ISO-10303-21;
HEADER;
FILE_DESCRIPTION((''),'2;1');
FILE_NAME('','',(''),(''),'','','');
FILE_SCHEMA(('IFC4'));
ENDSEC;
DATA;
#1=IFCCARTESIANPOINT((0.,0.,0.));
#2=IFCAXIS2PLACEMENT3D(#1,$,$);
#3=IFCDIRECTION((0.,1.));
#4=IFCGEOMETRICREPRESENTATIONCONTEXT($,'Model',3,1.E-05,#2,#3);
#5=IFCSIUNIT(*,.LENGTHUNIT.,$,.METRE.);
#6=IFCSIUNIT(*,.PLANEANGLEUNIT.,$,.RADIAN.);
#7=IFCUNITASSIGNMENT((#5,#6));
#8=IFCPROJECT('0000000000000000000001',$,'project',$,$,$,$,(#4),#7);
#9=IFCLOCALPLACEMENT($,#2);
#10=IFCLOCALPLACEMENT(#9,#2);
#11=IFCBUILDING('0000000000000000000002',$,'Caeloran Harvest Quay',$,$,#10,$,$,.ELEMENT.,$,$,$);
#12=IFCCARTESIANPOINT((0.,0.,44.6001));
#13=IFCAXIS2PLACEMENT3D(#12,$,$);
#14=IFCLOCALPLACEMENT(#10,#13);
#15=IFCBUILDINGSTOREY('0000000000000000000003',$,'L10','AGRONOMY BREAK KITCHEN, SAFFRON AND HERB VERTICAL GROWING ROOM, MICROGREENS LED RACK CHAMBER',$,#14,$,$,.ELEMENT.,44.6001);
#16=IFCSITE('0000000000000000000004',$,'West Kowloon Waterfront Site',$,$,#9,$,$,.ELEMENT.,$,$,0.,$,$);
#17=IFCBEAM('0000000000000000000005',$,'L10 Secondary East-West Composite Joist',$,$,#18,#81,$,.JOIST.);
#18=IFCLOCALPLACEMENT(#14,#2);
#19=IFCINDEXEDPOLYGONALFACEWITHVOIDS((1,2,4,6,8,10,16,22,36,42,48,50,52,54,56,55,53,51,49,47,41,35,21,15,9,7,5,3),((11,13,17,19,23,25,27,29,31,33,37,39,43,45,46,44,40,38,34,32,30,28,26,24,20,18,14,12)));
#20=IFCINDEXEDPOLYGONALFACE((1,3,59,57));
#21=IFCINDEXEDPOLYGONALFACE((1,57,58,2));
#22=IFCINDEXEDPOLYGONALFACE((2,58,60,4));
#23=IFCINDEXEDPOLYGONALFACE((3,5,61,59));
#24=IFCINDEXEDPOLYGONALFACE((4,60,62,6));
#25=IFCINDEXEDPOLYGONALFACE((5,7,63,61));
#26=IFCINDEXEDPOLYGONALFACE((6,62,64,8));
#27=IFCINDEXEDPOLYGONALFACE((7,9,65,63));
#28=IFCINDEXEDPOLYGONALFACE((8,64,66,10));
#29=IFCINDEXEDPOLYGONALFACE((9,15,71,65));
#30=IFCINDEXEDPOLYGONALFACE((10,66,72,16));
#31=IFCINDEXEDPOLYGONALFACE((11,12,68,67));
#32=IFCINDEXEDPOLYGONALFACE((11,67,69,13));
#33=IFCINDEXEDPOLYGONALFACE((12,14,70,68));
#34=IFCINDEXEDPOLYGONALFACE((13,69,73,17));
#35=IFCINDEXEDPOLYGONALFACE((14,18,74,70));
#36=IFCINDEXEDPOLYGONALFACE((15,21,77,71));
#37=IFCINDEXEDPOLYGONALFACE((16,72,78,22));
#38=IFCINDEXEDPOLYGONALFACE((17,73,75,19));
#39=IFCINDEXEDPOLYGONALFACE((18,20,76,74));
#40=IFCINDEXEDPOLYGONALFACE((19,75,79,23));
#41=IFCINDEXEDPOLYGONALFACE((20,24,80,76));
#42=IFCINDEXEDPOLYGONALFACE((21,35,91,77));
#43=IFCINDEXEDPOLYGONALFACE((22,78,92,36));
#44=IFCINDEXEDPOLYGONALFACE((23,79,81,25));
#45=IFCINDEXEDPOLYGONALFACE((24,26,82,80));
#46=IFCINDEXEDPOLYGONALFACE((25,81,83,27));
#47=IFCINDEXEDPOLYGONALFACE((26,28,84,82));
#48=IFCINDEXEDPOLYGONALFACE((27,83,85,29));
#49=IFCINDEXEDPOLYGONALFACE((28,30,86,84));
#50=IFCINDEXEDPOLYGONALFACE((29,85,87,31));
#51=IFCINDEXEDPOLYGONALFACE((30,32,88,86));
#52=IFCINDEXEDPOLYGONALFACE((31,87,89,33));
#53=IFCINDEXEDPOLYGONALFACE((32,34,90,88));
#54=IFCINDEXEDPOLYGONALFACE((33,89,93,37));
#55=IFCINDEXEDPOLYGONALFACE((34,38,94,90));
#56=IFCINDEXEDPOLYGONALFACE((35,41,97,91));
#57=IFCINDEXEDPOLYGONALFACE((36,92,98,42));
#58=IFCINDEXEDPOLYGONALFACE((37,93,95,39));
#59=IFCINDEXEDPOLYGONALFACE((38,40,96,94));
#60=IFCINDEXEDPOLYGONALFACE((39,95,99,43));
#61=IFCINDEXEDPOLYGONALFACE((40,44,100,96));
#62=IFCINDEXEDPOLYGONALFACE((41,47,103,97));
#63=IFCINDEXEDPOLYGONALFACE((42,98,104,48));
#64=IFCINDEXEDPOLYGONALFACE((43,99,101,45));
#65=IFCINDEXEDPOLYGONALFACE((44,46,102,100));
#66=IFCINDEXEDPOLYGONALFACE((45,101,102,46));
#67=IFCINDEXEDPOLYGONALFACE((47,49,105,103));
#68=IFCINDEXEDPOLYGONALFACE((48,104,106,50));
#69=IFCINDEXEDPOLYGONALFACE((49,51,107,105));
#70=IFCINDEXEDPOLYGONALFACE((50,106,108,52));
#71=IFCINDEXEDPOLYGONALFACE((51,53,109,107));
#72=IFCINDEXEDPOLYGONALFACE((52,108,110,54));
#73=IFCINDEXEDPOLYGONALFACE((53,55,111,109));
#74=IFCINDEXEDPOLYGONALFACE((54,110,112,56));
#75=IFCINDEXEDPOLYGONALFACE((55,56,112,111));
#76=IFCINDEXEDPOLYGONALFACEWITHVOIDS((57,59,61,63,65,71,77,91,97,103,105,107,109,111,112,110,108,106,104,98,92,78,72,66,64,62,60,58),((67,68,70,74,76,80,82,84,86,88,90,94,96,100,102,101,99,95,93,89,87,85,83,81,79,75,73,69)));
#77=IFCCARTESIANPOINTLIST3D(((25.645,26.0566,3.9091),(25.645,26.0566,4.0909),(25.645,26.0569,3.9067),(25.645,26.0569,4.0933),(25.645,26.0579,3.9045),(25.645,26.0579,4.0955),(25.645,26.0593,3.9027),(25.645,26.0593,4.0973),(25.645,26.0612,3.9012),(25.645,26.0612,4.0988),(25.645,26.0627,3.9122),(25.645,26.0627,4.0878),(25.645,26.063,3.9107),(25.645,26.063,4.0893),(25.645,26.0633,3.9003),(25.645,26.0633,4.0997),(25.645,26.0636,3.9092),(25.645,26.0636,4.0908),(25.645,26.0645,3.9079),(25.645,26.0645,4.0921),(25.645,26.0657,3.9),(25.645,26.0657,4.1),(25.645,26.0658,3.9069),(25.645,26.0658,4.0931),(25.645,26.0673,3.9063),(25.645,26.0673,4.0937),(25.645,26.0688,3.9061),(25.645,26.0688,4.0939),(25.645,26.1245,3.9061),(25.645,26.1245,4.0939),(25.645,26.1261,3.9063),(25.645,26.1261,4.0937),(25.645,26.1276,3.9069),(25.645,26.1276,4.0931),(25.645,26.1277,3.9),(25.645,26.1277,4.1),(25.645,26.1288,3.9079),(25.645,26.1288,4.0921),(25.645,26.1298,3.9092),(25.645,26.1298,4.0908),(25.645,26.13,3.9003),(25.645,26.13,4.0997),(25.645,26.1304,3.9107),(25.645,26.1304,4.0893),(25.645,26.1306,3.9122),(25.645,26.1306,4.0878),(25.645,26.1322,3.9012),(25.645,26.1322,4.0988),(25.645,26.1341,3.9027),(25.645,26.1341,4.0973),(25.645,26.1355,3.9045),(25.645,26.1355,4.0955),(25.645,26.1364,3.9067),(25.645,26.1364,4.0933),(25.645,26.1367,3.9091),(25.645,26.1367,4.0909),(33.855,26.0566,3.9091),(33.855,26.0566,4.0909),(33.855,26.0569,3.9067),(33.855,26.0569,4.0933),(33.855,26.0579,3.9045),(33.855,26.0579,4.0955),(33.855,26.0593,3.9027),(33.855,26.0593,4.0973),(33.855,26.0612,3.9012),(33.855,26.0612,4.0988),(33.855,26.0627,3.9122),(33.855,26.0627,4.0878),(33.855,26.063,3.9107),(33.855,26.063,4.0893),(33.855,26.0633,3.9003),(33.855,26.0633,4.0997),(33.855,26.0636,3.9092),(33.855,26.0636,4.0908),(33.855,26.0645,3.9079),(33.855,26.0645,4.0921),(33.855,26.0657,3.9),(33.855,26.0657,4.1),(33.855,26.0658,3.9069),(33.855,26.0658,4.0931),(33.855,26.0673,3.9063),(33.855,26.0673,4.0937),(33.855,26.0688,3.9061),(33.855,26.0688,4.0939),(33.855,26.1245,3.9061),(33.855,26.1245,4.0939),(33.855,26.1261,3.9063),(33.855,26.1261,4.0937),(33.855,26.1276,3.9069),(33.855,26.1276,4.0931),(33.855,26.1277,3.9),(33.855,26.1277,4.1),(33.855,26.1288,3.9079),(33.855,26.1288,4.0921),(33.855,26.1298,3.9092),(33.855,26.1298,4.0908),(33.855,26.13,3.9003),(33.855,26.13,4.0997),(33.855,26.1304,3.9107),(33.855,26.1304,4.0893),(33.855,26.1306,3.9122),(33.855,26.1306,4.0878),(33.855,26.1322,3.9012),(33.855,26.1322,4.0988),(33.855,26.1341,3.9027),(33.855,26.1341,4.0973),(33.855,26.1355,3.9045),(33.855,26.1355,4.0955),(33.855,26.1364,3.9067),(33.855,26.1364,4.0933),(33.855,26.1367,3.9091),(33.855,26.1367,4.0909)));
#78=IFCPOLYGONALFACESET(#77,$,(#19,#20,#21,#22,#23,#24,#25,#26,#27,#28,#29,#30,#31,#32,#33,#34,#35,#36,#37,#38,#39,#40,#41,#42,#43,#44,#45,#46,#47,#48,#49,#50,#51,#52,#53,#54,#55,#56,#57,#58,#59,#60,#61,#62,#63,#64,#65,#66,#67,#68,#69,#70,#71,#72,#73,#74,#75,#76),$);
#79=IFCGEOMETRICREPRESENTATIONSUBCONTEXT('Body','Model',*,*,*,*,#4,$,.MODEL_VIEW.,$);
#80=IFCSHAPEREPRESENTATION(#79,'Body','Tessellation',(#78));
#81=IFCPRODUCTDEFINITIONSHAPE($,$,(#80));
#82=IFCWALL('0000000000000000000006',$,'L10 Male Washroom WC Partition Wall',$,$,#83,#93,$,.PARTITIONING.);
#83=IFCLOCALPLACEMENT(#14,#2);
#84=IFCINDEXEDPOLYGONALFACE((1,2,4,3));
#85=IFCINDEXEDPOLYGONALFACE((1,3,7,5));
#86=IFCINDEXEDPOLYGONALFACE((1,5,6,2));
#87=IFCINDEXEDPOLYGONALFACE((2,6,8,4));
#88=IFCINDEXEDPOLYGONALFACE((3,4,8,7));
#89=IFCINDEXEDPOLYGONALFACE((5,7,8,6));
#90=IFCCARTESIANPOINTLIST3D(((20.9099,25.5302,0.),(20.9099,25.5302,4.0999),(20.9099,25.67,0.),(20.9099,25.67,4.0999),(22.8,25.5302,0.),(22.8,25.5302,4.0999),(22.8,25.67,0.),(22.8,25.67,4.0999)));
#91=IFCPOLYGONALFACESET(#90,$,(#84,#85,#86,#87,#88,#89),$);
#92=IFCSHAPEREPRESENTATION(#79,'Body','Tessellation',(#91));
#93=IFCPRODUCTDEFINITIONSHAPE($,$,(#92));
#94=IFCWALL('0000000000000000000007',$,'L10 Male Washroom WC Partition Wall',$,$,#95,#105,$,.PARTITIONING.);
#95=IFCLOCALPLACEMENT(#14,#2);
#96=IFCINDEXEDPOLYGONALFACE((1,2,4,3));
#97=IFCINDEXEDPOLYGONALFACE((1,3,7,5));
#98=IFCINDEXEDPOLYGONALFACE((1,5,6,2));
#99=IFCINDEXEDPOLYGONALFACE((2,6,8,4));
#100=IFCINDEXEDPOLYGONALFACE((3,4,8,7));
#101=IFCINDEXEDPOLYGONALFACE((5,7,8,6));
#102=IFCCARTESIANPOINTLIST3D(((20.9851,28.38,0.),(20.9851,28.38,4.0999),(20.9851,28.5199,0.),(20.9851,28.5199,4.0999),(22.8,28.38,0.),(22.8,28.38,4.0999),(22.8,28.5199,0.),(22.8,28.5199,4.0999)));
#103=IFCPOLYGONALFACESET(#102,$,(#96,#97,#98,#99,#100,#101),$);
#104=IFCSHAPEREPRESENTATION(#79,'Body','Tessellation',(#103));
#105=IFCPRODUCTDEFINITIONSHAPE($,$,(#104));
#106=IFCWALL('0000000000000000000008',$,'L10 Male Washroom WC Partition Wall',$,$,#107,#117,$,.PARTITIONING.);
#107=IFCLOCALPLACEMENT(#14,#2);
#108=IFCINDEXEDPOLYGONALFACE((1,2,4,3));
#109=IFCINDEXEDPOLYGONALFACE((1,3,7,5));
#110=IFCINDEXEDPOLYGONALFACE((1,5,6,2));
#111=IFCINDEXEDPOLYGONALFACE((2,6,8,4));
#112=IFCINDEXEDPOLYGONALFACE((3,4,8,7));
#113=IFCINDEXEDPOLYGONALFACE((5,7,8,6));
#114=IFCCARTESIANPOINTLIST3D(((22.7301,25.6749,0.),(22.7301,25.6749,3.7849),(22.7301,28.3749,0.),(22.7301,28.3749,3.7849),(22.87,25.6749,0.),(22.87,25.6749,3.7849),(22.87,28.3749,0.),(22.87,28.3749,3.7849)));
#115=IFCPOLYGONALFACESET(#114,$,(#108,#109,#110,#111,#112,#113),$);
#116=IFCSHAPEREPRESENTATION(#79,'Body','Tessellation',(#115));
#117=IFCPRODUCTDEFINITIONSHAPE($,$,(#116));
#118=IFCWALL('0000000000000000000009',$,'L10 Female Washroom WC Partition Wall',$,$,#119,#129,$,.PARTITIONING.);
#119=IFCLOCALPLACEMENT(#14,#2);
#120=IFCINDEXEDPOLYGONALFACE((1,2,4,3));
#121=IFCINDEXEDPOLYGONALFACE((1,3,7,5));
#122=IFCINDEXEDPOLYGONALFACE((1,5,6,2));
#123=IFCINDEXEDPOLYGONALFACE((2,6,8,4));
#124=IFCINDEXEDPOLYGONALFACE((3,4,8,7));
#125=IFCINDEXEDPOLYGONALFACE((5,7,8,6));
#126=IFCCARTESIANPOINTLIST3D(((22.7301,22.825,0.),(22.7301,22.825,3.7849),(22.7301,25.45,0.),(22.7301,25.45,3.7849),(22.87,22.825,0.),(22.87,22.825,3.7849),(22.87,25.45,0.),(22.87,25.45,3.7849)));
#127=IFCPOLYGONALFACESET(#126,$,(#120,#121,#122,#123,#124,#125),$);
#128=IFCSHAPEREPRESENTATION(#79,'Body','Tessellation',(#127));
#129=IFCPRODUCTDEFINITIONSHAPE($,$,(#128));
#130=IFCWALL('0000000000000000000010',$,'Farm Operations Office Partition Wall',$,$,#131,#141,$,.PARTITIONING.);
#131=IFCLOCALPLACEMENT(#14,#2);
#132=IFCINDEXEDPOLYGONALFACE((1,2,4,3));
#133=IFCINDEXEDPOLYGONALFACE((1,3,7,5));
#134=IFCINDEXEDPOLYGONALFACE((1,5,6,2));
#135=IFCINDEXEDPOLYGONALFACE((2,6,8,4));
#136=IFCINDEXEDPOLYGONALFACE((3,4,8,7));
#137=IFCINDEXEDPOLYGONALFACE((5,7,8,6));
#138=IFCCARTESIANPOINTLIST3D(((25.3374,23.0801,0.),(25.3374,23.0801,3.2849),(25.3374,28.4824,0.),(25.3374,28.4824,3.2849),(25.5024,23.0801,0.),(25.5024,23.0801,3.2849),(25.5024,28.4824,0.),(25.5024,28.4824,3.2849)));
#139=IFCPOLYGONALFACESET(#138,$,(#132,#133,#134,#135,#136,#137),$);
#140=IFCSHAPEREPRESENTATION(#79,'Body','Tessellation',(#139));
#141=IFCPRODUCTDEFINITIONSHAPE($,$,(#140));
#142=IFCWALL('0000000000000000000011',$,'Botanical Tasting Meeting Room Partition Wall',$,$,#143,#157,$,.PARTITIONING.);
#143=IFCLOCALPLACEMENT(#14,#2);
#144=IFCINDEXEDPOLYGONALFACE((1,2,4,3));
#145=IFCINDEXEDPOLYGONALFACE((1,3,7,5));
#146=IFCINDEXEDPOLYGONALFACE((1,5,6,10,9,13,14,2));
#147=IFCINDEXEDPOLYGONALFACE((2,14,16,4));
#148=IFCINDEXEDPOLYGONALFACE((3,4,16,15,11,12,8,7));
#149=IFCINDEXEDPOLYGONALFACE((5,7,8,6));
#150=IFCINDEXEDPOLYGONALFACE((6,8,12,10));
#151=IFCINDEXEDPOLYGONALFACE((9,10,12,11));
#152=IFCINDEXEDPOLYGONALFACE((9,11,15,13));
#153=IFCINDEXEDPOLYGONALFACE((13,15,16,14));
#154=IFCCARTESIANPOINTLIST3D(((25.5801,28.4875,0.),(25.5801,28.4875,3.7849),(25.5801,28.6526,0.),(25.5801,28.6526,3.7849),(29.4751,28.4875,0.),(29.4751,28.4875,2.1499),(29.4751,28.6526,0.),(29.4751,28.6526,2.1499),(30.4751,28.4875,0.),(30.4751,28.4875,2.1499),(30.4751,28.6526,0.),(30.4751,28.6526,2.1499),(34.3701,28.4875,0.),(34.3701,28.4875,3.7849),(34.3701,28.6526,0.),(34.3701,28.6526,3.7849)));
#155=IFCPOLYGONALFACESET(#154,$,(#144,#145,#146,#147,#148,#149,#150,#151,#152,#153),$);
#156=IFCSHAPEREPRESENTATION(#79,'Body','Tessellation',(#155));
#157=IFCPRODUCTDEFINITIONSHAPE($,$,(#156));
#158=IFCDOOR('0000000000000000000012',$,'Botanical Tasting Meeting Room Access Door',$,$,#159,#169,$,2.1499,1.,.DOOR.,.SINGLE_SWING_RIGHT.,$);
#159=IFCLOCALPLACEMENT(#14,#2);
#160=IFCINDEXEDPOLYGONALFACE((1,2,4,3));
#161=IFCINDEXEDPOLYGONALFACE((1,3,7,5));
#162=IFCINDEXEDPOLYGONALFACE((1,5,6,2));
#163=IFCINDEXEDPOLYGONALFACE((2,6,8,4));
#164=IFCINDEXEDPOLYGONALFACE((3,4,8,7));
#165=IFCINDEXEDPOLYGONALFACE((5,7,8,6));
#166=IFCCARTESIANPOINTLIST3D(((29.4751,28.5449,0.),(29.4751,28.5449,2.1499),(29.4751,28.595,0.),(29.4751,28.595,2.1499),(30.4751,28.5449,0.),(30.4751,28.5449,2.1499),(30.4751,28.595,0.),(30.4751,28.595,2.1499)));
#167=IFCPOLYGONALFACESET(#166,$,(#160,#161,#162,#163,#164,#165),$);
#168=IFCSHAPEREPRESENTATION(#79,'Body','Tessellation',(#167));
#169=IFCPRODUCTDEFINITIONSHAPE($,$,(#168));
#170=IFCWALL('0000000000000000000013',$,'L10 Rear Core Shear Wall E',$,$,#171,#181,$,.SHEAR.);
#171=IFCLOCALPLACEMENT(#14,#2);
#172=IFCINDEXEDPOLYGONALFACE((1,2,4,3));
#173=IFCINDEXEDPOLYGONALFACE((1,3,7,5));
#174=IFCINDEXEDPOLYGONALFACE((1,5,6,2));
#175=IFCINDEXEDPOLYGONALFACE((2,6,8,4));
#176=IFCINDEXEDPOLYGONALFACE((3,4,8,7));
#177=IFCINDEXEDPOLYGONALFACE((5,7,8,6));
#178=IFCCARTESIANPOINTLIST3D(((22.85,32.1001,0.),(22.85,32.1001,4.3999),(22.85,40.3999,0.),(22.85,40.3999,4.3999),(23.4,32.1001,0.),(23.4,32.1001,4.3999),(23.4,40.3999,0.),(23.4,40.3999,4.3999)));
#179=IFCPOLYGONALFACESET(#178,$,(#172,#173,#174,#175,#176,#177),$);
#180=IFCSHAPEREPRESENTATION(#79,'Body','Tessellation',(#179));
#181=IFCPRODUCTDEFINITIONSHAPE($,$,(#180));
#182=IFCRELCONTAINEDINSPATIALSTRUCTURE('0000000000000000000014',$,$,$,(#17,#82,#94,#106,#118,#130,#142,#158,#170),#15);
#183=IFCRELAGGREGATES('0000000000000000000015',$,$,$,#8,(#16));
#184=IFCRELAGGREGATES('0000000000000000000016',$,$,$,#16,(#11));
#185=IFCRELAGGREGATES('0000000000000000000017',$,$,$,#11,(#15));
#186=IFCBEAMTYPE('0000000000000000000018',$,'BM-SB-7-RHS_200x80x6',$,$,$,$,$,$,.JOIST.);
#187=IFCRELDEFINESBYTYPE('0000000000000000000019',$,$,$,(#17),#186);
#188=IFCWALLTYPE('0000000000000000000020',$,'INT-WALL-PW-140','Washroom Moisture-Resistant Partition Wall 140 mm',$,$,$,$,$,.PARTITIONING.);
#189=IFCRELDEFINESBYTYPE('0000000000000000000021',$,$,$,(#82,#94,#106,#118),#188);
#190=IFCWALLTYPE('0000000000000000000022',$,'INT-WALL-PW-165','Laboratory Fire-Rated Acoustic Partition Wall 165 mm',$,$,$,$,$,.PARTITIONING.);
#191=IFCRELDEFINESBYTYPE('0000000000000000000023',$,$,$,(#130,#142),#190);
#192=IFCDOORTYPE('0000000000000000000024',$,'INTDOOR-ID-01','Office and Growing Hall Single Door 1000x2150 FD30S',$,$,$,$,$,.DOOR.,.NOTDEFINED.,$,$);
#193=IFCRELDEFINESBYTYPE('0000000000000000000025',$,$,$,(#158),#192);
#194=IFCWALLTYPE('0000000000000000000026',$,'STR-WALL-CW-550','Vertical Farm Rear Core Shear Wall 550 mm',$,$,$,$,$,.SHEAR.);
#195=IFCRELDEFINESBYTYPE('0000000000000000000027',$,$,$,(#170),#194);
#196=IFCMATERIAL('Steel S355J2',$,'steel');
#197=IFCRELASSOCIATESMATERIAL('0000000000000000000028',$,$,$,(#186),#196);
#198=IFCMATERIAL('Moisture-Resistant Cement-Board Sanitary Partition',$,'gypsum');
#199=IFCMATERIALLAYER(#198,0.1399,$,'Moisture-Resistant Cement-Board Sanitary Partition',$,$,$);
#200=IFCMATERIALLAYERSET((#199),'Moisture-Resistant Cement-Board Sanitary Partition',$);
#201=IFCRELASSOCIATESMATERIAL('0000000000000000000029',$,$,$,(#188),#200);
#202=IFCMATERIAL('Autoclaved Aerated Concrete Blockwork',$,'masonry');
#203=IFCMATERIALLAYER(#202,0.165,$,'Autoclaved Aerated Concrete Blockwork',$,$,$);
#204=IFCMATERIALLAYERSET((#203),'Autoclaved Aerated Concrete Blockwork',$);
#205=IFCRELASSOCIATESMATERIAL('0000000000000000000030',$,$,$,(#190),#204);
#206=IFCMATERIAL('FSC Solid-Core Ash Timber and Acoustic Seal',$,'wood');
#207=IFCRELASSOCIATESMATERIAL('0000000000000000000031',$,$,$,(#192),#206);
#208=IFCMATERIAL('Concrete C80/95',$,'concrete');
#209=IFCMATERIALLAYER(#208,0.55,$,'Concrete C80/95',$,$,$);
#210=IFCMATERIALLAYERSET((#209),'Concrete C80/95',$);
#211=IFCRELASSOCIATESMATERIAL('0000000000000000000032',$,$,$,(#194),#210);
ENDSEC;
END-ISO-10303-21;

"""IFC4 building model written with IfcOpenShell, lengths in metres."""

from ifc_helpers import new_model, si_unit, direction, frame, frame_2d, origin, origin_2d, place, context, subcontext, project, spatial, rectangle, hollow_rectangle, extrude, material, layer, layer_set, material_profile, profile_set, type_object, element, fill, save


model = new_model("IFC4")

# Units and contexts
model_context = context("Model", 3, precision=1e-05, world=origin(), true_north=direction((0.0, 1.0)))
body_context = subcontext(model_context, "Body", "Model", "MODEL_VIEW")
ifc_project = project(units=[si_unit("LENGTHUNIT", "METRE"), si_unit("PLANEANGLEUNIT", "RADIAN")], contexts=[model_context])

# Site, building, storey
site_placement = place(None, origin())
site = spatial("IfcSite", under=ifc_project, at=site_placement, Name="West Kowloon Waterfront Site", CompositionType="ELEMENT", RefElevation=0.0)
building_placement = place(site_placement, origin())
building = spatial("IfcBuilding", under=site, at=building_placement, Name="Caeloran Harvest Quay", CompositionType="ELEMENT")
storey_placement = place(building_placement, frame((0.0, 0.0, 44.6001)))
storey = spatial("IfcBuildingStorey", under=building, at=storey_placement, Name="L10", Description="AGRONOMY BREAK KITCHEN, SAFFRON AND HERB VERTICAL GROWING ROOM, MICROGREENS LED RACK CHAMBER", CompositionType="ELEMENT", Elevation=44.6001)

# Shared definitions
ifc_material_1 = material(Name="Concrete C80/95", Category="concrete")

# Beam
ifc_material_2 = material(Name="Steel S355J2", Category="steel")
ifc_material_profile_1 = material_profile(ifc_material_2, hollow_rectangle(XDim=0.0801, YDim=0.2, WallThickness=0.0061, InnerFilletRadius=0.0061, OuterFilletRadius=0.009, at=origin_2d()), Name="RHS 200x80x6")
ifc_profile_set_1 = profile_set([ifc_material_profile_1], Name="Steel S355J2")
beam_type_1 = type_object("IfcBeamType", Name="BM-SB-7-RHS_200x80x6", PredefinedType="JOIST", material=ifc_profile_set_1)
for number, where, z_axis, x_axis, name in (
    (1, (25.645, 26.0967, 4.0), (1.0, 0.0, 0.0), (0.0, 1.0, 0.0), "L10 Secondary East-West Composite Joist"),
):
    element("IfcBeam", number, at=place(storey_placement, frame(where, z_axis=z_axis, x_axis=x_axis)), inside=storey, type_object=beam_type_1, Name=name, PredefinedType="JOIST", context=body_context, shape_type="SweptSolid", body=[
        extrude(hollow_rectangle(XDim=0.0801, YDim=0.2, WallThickness=0.0061, InnerFilletRadius=0.0061, OuterFilletRadius=0.009, at=origin_2d()), origin(), (0.0, 0.0, 1.0), 8.21),
    ])

# Wall
ifc_material_3 = material(Name="Moisture-Resistant Cement-Board Sanitary Partition", Category="gypsum")
ifc_layer_1 = layer(ifc_material_3, 0.1399, Name="Moisture-Resistant Cement-Board Sanitary Partition")
ifc_layer_set_1 = layer_set([ifc_layer_1], Name="Moisture-Resistant Cement-Board Sanitary Partition")
wall_type_1 = type_object("IfcWallType", Name="INT-WALL-PW-140", Description="Washroom Moisture-Resistant Partition Wall 140 mm", PredefinedType="PARTITIONING", material=ifc_layer_set_1)
wall_1_placement = place(storey_placement, frame((22.8, 25.6001, 0.0), z_axis=(0.0, 0.0, 1.0), x_axis=(-1.0, 0.0, 0.0)))
element("IfcWall", 2, at=wall_1_placement, inside=storey, type_object=wall_type_1, Name="L10 Male Washroom WC Partition Wall", PredefinedType="PARTITIONING", context=body_context, shape_type="SweptSolid", body=[
    extrude(rectangle(XDim=1.8901, YDim=0.1399, at=frame_2d((0.9451, 0.0))), origin(), (0.0, 0.0, 1.0), 4.0999),
])

# Walls
wall_2_placement = place(storey_placement, frame((20.9851, 28.45, 0.0), z_axis=(0.0, 0.0, 1.0), x_axis=(1.0, 0.0, 0.0)))
element("IfcWall", 3, at=wall_2_placement, inside=storey, type_object=wall_type_1, Name="L10 Male Washroom WC Partition Wall", PredefinedType="PARTITIONING", context=body_context, shape_type="SweptSolid", body=[
    extrude(rectangle(XDim=1.8149, YDim=0.1399, at=frame_2d((0.9075, 0.0))), origin(), (0.0, 0.0, 1.0), 4.0999),
])
wall_3_placement = place(storey_placement, frame((22.8, 28.375, 0.0), z_axis=(0.0, 0.0, 1.0), x_axis=(0.0, -1.0, 0.0)))
element("IfcWall", 4, at=wall_3_placement, inside=storey, type_object=wall_type_1, Name="L10 Male Washroom WC Partition Wall", PredefinedType="PARTITIONING", context=body_context, shape_type="SweptSolid", body=[
    extrude(rectangle(XDim=2.7, YDim=0.1399, at=frame_2d((1.3501, 0.0))), origin(), (0.0, 0.0, 1.0), 3.7849),
])
wall_4_placement = place(storey_placement, frame((22.8, 25.45, 0.0), z_axis=(0.0, 0.0, 1.0), x_axis=(0.0, -1.0, 0.0)))
element("IfcWall", 5, at=wall_4_placement, inside=storey, type_object=wall_type_1, Name="L10 Female Washroom WC Partition Wall", PredefinedType="PARTITIONING", context=body_context, shape_type="SweptSolid", body=[
    extrude(rectangle(XDim=2.625, YDim=0.1399, at=frame_2d((1.3125, 0.0))), origin(), (0.0, 0.0, 1.0), 3.7849),
])

# Shared definitions
ifc_material_4 = material(Name="Autoclaved Aerated Concrete Blockwork", Category="masonry")
ifc_layer_2 = layer(ifc_material_4, 0.165, Name="Autoclaved Aerated Concrete Blockwork")
ifc_layer_set_2 = layer_set([ifc_layer_2], Name="Autoclaved Aerated Concrete Blockwork")
wall_type_2 = type_object("IfcWallType", Name="INT-WALL-PW-165", Description="Laboratory Fire-Rated Acoustic Partition Wall 165 mm", PredefinedType="PARTITIONING", material=ifc_layer_set_2)
ifc_material_5 = material(Name="FSC Solid-Core Ash Timber and Acoustic Seal", Category="wood")
door_type_1 = type_object("IfcDoorType", Name="INTDOOR-ID-01", Description="Office and Growing Hall Single Door 1000x2150 FD30S", OperationType="NOTDEFINED", PredefinedType="DOOR", material=ifc_material_5)

# Wall
wall_5_placement = place(storey_placement, frame((25.4199, 28.4824, 0.0), z_axis=(0.0, 0.0, 1.0), x_axis=(0.0, -1.0, 0.0)))
element("IfcWall", 6, at=wall_5_placement, inside=storey, type_object=wall_type_2, Name="Farm Operations Office Partition Wall", PredefinedType="PARTITIONING", context=body_context, shape_type="SweptSolid", body=[
    extrude(rectangle(XDim=5.4023, YDim=0.165, at=frame_2d((2.7012, 0.0))), origin(), (0.0, 0.0, 1.0), 3.2849),
])

# Wall, opening, door
wall_6_placement = place(storey_placement, frame((25.5801, 28.5701, 0.0), z_axis=(0.0, 0.0, 1.0), x_axis=(1.0, 0.0, 0.0)))
wall_6 = element("IfcWall", 7, at=wall_6_placement, inside=storey, type_object=wall_type_2, Name="Botanical Tasting Meeting Room Partition Wall", PredefinedType="PARTITIONING", context=body_context, shape_type="SweptSolid", body=[
    extrude(rectangle(XDim=8.79, YDim=0.165, at=frame_2d((4.395, 0.0))), origin(), (0.0, 0.0, 1.0), 3.7849),
])
opening_1_placement = place(wall_6_placement, frame((3.895, 0.0, 0.0)))
opening_1 = element("IfcOpeningElement", 8, at=opening_1_placement, cuts=wall_6, PredefinedType="OPENING", context=body_context, shape_type="SweptSolid", body=[
    extrude(rectangle(XDim=1.0, YDim=2.1499, at=frame_2d((0.5, 1.075))), frame((0.0, 0.0925, 0.0), z_axis=(0.0, -1.0, 0.0), x_axis=(1.0, 0.0, 0.0)), (0.0, 0.0, 1.0), 0.1851),
])
door_1_placement = place(opening_1_placement, origin())
door_1 = element("IfcDoor", 9, at=door_1_placement, inside=storey, type_object=door_type_1, Name="Botanical Tasting Meeting Room Access Door", OperationType="SINGLE_SWING_RIGHT", OverallHeight=2.1499, OverallWidth=1.0, PredefinedType="DOOR", context=body_context, shape_type="SweptSolid", body=[
    extrude(rectangle(XDim=1.0, YDim=2.1499, at=frame_2d((0.5, 1.075))), frame((0.0, 0.0249, 0.0), z_axis=(0.0, -1.0, 0.0), x_axis=(1.0, 0.0, 0.0)), (0.0, 0.0, 1.0), 0.05),
])
fill(opening_1, door_1)

# Wall
ifc_layer_3 = layer(ifc_material_1, 0.55, Name="Concrete C80/95")
ifc_layer_set_3 = layer_set([ifc_layer_3], Name="Concrete C80/95")
wall_type_3 = type_object("IfcWallType", Name="STR-WALL-CW-550", Description="Vertical Farm Rear Core Shear Wall 550 mm", PredefinedType="SHEAR", material=ifc_layer_set_3)
wall_7_placement = place(storey_placement, frame((23.125, 32.1001, 0.0), z_axis=(0.0, 0.0, 1.0), x_axis=(0.0, 1.0, 0.0)))
element("IfcWall", 10, at=wall_7_placement, inside=storey, type_object=wall_type_3, Name="L10 Rear Core Shear Wall E", PredefinedType="SHEAR", context=body_context, shape_type="SweptSolid", body=[
    extrude(rectangle(XDim=8.2998, YDim=0.55, at=frame_2d((4.1499, 0.0))), origin(), (0.0, 0.0, 1.0), 4.3999),
])

save(model, "model.ifc")
